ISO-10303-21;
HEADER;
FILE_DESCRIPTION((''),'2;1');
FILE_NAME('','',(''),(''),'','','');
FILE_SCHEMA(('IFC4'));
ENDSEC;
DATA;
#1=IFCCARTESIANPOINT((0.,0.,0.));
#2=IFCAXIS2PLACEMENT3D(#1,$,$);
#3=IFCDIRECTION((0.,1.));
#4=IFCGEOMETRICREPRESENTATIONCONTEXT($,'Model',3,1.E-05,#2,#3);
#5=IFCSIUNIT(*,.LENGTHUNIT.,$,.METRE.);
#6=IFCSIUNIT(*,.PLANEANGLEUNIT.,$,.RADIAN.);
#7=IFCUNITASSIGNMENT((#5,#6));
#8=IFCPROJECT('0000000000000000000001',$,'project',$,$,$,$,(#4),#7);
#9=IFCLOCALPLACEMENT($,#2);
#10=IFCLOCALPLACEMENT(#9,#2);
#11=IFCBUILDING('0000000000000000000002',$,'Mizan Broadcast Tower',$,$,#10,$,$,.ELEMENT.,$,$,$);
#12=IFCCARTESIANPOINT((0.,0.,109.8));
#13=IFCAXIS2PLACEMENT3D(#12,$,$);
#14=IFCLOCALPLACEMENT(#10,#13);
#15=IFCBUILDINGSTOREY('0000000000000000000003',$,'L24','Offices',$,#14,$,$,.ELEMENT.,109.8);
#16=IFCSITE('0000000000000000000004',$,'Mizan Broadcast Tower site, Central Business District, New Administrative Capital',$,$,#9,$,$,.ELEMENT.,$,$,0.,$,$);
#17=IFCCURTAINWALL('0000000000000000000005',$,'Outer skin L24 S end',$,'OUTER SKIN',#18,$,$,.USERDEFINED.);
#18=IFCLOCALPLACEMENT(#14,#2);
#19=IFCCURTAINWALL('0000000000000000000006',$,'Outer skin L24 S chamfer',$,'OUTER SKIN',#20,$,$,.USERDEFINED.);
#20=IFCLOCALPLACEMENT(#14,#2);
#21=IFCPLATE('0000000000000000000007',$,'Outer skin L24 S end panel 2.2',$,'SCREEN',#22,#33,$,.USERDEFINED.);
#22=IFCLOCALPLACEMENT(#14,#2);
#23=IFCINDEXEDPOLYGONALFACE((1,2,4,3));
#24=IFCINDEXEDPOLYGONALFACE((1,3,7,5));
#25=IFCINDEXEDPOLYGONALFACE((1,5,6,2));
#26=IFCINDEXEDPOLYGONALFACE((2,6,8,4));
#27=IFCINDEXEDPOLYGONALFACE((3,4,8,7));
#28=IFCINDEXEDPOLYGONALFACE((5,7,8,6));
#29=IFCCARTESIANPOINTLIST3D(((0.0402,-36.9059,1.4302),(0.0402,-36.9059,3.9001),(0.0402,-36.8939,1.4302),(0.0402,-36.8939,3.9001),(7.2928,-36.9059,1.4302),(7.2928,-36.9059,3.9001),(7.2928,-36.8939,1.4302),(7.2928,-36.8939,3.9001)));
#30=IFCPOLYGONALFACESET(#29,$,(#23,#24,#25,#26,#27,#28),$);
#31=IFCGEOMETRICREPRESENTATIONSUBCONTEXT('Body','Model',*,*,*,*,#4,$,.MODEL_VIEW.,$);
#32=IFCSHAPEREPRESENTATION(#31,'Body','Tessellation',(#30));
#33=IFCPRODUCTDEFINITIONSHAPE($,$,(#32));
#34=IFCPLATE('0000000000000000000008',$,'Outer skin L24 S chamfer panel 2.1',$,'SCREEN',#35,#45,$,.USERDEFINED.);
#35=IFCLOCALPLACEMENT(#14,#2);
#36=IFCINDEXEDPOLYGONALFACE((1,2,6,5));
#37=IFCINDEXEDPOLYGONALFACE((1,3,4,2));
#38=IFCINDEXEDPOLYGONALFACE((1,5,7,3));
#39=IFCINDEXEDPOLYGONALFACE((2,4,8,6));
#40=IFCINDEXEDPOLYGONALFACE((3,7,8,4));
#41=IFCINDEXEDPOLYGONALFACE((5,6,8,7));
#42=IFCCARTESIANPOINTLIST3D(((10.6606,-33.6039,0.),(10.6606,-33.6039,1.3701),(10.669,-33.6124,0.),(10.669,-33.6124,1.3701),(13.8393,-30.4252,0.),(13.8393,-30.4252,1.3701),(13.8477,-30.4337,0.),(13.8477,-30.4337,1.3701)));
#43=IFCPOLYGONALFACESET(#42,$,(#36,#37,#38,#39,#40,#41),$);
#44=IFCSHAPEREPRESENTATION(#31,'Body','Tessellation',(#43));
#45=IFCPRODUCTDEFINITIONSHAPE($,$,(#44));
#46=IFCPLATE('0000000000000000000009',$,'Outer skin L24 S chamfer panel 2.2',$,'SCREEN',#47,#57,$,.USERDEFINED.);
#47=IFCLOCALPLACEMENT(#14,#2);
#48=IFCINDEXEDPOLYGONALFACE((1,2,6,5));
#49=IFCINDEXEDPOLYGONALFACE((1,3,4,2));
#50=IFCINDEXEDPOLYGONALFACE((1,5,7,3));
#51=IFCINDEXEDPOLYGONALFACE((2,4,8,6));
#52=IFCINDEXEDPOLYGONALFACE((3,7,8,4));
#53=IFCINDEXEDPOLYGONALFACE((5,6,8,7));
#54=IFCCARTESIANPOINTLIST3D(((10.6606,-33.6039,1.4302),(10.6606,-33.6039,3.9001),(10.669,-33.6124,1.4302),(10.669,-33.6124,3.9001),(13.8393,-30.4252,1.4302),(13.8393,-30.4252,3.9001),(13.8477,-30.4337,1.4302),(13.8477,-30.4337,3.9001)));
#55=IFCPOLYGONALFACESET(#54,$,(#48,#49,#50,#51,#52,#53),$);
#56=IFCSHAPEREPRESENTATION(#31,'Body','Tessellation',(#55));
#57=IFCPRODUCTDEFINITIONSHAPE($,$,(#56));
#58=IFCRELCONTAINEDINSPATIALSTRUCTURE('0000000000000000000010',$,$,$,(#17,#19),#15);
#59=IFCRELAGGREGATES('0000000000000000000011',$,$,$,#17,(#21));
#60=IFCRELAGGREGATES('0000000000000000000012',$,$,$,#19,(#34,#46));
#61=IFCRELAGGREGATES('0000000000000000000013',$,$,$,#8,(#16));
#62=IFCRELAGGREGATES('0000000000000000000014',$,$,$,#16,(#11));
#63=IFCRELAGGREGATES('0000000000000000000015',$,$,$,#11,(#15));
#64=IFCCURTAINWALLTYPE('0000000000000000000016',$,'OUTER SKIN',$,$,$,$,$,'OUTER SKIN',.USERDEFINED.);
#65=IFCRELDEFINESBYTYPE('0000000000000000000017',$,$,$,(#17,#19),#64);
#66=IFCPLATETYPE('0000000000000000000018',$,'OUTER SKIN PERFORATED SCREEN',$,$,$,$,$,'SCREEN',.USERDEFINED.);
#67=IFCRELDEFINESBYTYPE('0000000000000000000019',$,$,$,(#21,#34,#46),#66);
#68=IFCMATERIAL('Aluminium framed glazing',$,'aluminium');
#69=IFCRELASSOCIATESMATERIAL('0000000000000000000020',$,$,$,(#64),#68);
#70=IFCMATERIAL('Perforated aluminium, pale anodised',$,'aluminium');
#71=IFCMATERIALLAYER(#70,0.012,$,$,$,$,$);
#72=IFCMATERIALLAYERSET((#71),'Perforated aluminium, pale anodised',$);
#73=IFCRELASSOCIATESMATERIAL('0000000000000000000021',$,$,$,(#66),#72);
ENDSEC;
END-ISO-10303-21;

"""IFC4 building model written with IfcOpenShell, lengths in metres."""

from ifc_helpers import new_model, si_unit, direction, frame, origin, origin_2d, place, context, subcontext, project, spatial, rectangle, extrude, material, layer, layer_set, type_object, element, aggregate, save


model = new_model("IFC4")

# Units and contexts
model_context = context("Model", 3, precision=1e-05, world=origin(), true_north=direction((0.0, 1.0)))
body_context = subcontext(model_context, "Body", "Model", "MODEL_VIEW")
ifc_project = project(units=[si_unit("LENGTHUNIT", "METRE"), si_unit("PLANEANGLEUNIT", "RADIAN")], contexts=[model_context])

# Site, building, storey
site_placement = place(None, origin())
site = spatial("IfcSite", under=ifc_project, at=site_placement, Name="Mizan Broadcast Tower site, Central Business District, New Administrative Capital", CompositionType="ELEMENT", RefElevation=0.0)
building_placement = place(site_placement, origin())
building = spatial("IfcBuilding", under=site, at=building_placement, Name="Mizan Broadcast Tower", CompositionType="ELEMENT")
storey_placement = place(building_placement, frame((0.0, 0.0, 109.8)))
storey = spatial("IfcBuildingStorey", under=building, at=storey_placement, Name="L24", Description="Offices", CompositionType="ELEMENT", Elevation=109.8)

# Curtain wall
ifc_material_1 = material(Name="Aluminium framed glazing", Category="aluminium")
curtain_wall_type_1 = type_object("IfcCurtainWallType", Name="OUTER SKIN", ElementType="OUTER SKIN", PredefinedType="USERDEFINED", material=ifc_material_1)
curtain_wall_1_placement = place(storey_placement, origin())
curtain_wall_1 = element("IfcCurtainWall", 1, at=curtain_wall_1_placement, inside=storey, type_object=curtain_wall_type_1, Name="Outer skin L24 S end", ObjectType="OUTER SKIN", PredefinedType="USERDEFINED")

# Curtain wall
curtain_wall_2_placement = place(storey_placement, origin())
curtain_wall_2 = element("IfcCurtainWall", 2, at=curtain_wall_2_placement, inside=storey, type_object=curtain_wall_type_1, Name="Outer skin L24 S chamfer", ObjectType="OUTER SKIN", PredefinedType="USERDEFINED")

# Plates
ifc_material_2 = material(Name="Perforated aluminium, pale anodised", Category="aluminium")
ifc_layer_1 = layer(ifc_material_2, 0.012)
ifc_layer_set_1 = layer_set([ifc_layer_1], Name="Perforated aluminium, pale anodised")
plate_type_1 = type_object("IfcPlateType", Name="OUTER SKIN PERFORATED SCREEN", ElementType="SCREEN", PredefinedType="USERDEFINED", material=ifc_layer_set_1)
plate_1_placement = place(storey_placement, frame((3.6665, -36.8999, 1.4302), z_axis=(0.0, 0.0, 1.0), x_axis=(1.0, 0.0, 0.0)))
plate_1 = element("IfcPlate", 3, at=plate_1_placement, type_object=plate_type_1, Name="Outer skin L24 S end panel 2.2", ObjectType="SCREEN", PredefinedType="USERDEFINED", context=body_context, shape_type="SweptSolid", body=[
    extrude(rectangle(XDim=7.2527, YDim=0.012, at=origin_2d()), origin(), (0.0, 0.0, 1.0), 2.47),
])
aggregate(curtain_wall_1, [plate_1])
plate_2_placement = place(storey_placement, frame((12.2542, -32.0188, 0.0), z_axis=(0.0, 0.0, 1.0), x_axis=(0.707107, 0.707107, 0.0)))
plate_2 = element("IfcPlate", 4, at=plate_2_placement, type_object=plate_type_1, Name="Outer skin L24 S chamfer panel 2.1", ObjectType="SCREEN", PredefinedType="USERDEFINED", context=body_context, shape_type="SweptSolid", body=[
    extrude(rectangle(XDim=4.4954, YDim=0.012, at=origin_2d()), origin(), (0.0, 0.0, 1.0), 1.3701),
])
plate_3_placement = place(storey_placement, frame((12.2542, -32.0188, 1.4302), z_axis=(0.0, 0.0, 1.0), x_axis=(0.707107, 0.707107, 0.0)))
plate_3 = element("IfcPlate", 5, at=plate_3_placement, type_object=plate_type_1, Name="Outer skin L24 S chamfer panel 2.2", ObjectType="SCREEN", PredefinedType="USERDEFINED", context=body_context, shape_type="SweptSolid", body=[
    extrude(rectangle(XDim=4.4954, YDim=0.012, at=origin_2d()), origin(), (0.0, 0.0, 1.0), 2.47),
])
aggregate(curtain_wall_2, [plate_2, plate_3])

save(model, "model.ifc")
